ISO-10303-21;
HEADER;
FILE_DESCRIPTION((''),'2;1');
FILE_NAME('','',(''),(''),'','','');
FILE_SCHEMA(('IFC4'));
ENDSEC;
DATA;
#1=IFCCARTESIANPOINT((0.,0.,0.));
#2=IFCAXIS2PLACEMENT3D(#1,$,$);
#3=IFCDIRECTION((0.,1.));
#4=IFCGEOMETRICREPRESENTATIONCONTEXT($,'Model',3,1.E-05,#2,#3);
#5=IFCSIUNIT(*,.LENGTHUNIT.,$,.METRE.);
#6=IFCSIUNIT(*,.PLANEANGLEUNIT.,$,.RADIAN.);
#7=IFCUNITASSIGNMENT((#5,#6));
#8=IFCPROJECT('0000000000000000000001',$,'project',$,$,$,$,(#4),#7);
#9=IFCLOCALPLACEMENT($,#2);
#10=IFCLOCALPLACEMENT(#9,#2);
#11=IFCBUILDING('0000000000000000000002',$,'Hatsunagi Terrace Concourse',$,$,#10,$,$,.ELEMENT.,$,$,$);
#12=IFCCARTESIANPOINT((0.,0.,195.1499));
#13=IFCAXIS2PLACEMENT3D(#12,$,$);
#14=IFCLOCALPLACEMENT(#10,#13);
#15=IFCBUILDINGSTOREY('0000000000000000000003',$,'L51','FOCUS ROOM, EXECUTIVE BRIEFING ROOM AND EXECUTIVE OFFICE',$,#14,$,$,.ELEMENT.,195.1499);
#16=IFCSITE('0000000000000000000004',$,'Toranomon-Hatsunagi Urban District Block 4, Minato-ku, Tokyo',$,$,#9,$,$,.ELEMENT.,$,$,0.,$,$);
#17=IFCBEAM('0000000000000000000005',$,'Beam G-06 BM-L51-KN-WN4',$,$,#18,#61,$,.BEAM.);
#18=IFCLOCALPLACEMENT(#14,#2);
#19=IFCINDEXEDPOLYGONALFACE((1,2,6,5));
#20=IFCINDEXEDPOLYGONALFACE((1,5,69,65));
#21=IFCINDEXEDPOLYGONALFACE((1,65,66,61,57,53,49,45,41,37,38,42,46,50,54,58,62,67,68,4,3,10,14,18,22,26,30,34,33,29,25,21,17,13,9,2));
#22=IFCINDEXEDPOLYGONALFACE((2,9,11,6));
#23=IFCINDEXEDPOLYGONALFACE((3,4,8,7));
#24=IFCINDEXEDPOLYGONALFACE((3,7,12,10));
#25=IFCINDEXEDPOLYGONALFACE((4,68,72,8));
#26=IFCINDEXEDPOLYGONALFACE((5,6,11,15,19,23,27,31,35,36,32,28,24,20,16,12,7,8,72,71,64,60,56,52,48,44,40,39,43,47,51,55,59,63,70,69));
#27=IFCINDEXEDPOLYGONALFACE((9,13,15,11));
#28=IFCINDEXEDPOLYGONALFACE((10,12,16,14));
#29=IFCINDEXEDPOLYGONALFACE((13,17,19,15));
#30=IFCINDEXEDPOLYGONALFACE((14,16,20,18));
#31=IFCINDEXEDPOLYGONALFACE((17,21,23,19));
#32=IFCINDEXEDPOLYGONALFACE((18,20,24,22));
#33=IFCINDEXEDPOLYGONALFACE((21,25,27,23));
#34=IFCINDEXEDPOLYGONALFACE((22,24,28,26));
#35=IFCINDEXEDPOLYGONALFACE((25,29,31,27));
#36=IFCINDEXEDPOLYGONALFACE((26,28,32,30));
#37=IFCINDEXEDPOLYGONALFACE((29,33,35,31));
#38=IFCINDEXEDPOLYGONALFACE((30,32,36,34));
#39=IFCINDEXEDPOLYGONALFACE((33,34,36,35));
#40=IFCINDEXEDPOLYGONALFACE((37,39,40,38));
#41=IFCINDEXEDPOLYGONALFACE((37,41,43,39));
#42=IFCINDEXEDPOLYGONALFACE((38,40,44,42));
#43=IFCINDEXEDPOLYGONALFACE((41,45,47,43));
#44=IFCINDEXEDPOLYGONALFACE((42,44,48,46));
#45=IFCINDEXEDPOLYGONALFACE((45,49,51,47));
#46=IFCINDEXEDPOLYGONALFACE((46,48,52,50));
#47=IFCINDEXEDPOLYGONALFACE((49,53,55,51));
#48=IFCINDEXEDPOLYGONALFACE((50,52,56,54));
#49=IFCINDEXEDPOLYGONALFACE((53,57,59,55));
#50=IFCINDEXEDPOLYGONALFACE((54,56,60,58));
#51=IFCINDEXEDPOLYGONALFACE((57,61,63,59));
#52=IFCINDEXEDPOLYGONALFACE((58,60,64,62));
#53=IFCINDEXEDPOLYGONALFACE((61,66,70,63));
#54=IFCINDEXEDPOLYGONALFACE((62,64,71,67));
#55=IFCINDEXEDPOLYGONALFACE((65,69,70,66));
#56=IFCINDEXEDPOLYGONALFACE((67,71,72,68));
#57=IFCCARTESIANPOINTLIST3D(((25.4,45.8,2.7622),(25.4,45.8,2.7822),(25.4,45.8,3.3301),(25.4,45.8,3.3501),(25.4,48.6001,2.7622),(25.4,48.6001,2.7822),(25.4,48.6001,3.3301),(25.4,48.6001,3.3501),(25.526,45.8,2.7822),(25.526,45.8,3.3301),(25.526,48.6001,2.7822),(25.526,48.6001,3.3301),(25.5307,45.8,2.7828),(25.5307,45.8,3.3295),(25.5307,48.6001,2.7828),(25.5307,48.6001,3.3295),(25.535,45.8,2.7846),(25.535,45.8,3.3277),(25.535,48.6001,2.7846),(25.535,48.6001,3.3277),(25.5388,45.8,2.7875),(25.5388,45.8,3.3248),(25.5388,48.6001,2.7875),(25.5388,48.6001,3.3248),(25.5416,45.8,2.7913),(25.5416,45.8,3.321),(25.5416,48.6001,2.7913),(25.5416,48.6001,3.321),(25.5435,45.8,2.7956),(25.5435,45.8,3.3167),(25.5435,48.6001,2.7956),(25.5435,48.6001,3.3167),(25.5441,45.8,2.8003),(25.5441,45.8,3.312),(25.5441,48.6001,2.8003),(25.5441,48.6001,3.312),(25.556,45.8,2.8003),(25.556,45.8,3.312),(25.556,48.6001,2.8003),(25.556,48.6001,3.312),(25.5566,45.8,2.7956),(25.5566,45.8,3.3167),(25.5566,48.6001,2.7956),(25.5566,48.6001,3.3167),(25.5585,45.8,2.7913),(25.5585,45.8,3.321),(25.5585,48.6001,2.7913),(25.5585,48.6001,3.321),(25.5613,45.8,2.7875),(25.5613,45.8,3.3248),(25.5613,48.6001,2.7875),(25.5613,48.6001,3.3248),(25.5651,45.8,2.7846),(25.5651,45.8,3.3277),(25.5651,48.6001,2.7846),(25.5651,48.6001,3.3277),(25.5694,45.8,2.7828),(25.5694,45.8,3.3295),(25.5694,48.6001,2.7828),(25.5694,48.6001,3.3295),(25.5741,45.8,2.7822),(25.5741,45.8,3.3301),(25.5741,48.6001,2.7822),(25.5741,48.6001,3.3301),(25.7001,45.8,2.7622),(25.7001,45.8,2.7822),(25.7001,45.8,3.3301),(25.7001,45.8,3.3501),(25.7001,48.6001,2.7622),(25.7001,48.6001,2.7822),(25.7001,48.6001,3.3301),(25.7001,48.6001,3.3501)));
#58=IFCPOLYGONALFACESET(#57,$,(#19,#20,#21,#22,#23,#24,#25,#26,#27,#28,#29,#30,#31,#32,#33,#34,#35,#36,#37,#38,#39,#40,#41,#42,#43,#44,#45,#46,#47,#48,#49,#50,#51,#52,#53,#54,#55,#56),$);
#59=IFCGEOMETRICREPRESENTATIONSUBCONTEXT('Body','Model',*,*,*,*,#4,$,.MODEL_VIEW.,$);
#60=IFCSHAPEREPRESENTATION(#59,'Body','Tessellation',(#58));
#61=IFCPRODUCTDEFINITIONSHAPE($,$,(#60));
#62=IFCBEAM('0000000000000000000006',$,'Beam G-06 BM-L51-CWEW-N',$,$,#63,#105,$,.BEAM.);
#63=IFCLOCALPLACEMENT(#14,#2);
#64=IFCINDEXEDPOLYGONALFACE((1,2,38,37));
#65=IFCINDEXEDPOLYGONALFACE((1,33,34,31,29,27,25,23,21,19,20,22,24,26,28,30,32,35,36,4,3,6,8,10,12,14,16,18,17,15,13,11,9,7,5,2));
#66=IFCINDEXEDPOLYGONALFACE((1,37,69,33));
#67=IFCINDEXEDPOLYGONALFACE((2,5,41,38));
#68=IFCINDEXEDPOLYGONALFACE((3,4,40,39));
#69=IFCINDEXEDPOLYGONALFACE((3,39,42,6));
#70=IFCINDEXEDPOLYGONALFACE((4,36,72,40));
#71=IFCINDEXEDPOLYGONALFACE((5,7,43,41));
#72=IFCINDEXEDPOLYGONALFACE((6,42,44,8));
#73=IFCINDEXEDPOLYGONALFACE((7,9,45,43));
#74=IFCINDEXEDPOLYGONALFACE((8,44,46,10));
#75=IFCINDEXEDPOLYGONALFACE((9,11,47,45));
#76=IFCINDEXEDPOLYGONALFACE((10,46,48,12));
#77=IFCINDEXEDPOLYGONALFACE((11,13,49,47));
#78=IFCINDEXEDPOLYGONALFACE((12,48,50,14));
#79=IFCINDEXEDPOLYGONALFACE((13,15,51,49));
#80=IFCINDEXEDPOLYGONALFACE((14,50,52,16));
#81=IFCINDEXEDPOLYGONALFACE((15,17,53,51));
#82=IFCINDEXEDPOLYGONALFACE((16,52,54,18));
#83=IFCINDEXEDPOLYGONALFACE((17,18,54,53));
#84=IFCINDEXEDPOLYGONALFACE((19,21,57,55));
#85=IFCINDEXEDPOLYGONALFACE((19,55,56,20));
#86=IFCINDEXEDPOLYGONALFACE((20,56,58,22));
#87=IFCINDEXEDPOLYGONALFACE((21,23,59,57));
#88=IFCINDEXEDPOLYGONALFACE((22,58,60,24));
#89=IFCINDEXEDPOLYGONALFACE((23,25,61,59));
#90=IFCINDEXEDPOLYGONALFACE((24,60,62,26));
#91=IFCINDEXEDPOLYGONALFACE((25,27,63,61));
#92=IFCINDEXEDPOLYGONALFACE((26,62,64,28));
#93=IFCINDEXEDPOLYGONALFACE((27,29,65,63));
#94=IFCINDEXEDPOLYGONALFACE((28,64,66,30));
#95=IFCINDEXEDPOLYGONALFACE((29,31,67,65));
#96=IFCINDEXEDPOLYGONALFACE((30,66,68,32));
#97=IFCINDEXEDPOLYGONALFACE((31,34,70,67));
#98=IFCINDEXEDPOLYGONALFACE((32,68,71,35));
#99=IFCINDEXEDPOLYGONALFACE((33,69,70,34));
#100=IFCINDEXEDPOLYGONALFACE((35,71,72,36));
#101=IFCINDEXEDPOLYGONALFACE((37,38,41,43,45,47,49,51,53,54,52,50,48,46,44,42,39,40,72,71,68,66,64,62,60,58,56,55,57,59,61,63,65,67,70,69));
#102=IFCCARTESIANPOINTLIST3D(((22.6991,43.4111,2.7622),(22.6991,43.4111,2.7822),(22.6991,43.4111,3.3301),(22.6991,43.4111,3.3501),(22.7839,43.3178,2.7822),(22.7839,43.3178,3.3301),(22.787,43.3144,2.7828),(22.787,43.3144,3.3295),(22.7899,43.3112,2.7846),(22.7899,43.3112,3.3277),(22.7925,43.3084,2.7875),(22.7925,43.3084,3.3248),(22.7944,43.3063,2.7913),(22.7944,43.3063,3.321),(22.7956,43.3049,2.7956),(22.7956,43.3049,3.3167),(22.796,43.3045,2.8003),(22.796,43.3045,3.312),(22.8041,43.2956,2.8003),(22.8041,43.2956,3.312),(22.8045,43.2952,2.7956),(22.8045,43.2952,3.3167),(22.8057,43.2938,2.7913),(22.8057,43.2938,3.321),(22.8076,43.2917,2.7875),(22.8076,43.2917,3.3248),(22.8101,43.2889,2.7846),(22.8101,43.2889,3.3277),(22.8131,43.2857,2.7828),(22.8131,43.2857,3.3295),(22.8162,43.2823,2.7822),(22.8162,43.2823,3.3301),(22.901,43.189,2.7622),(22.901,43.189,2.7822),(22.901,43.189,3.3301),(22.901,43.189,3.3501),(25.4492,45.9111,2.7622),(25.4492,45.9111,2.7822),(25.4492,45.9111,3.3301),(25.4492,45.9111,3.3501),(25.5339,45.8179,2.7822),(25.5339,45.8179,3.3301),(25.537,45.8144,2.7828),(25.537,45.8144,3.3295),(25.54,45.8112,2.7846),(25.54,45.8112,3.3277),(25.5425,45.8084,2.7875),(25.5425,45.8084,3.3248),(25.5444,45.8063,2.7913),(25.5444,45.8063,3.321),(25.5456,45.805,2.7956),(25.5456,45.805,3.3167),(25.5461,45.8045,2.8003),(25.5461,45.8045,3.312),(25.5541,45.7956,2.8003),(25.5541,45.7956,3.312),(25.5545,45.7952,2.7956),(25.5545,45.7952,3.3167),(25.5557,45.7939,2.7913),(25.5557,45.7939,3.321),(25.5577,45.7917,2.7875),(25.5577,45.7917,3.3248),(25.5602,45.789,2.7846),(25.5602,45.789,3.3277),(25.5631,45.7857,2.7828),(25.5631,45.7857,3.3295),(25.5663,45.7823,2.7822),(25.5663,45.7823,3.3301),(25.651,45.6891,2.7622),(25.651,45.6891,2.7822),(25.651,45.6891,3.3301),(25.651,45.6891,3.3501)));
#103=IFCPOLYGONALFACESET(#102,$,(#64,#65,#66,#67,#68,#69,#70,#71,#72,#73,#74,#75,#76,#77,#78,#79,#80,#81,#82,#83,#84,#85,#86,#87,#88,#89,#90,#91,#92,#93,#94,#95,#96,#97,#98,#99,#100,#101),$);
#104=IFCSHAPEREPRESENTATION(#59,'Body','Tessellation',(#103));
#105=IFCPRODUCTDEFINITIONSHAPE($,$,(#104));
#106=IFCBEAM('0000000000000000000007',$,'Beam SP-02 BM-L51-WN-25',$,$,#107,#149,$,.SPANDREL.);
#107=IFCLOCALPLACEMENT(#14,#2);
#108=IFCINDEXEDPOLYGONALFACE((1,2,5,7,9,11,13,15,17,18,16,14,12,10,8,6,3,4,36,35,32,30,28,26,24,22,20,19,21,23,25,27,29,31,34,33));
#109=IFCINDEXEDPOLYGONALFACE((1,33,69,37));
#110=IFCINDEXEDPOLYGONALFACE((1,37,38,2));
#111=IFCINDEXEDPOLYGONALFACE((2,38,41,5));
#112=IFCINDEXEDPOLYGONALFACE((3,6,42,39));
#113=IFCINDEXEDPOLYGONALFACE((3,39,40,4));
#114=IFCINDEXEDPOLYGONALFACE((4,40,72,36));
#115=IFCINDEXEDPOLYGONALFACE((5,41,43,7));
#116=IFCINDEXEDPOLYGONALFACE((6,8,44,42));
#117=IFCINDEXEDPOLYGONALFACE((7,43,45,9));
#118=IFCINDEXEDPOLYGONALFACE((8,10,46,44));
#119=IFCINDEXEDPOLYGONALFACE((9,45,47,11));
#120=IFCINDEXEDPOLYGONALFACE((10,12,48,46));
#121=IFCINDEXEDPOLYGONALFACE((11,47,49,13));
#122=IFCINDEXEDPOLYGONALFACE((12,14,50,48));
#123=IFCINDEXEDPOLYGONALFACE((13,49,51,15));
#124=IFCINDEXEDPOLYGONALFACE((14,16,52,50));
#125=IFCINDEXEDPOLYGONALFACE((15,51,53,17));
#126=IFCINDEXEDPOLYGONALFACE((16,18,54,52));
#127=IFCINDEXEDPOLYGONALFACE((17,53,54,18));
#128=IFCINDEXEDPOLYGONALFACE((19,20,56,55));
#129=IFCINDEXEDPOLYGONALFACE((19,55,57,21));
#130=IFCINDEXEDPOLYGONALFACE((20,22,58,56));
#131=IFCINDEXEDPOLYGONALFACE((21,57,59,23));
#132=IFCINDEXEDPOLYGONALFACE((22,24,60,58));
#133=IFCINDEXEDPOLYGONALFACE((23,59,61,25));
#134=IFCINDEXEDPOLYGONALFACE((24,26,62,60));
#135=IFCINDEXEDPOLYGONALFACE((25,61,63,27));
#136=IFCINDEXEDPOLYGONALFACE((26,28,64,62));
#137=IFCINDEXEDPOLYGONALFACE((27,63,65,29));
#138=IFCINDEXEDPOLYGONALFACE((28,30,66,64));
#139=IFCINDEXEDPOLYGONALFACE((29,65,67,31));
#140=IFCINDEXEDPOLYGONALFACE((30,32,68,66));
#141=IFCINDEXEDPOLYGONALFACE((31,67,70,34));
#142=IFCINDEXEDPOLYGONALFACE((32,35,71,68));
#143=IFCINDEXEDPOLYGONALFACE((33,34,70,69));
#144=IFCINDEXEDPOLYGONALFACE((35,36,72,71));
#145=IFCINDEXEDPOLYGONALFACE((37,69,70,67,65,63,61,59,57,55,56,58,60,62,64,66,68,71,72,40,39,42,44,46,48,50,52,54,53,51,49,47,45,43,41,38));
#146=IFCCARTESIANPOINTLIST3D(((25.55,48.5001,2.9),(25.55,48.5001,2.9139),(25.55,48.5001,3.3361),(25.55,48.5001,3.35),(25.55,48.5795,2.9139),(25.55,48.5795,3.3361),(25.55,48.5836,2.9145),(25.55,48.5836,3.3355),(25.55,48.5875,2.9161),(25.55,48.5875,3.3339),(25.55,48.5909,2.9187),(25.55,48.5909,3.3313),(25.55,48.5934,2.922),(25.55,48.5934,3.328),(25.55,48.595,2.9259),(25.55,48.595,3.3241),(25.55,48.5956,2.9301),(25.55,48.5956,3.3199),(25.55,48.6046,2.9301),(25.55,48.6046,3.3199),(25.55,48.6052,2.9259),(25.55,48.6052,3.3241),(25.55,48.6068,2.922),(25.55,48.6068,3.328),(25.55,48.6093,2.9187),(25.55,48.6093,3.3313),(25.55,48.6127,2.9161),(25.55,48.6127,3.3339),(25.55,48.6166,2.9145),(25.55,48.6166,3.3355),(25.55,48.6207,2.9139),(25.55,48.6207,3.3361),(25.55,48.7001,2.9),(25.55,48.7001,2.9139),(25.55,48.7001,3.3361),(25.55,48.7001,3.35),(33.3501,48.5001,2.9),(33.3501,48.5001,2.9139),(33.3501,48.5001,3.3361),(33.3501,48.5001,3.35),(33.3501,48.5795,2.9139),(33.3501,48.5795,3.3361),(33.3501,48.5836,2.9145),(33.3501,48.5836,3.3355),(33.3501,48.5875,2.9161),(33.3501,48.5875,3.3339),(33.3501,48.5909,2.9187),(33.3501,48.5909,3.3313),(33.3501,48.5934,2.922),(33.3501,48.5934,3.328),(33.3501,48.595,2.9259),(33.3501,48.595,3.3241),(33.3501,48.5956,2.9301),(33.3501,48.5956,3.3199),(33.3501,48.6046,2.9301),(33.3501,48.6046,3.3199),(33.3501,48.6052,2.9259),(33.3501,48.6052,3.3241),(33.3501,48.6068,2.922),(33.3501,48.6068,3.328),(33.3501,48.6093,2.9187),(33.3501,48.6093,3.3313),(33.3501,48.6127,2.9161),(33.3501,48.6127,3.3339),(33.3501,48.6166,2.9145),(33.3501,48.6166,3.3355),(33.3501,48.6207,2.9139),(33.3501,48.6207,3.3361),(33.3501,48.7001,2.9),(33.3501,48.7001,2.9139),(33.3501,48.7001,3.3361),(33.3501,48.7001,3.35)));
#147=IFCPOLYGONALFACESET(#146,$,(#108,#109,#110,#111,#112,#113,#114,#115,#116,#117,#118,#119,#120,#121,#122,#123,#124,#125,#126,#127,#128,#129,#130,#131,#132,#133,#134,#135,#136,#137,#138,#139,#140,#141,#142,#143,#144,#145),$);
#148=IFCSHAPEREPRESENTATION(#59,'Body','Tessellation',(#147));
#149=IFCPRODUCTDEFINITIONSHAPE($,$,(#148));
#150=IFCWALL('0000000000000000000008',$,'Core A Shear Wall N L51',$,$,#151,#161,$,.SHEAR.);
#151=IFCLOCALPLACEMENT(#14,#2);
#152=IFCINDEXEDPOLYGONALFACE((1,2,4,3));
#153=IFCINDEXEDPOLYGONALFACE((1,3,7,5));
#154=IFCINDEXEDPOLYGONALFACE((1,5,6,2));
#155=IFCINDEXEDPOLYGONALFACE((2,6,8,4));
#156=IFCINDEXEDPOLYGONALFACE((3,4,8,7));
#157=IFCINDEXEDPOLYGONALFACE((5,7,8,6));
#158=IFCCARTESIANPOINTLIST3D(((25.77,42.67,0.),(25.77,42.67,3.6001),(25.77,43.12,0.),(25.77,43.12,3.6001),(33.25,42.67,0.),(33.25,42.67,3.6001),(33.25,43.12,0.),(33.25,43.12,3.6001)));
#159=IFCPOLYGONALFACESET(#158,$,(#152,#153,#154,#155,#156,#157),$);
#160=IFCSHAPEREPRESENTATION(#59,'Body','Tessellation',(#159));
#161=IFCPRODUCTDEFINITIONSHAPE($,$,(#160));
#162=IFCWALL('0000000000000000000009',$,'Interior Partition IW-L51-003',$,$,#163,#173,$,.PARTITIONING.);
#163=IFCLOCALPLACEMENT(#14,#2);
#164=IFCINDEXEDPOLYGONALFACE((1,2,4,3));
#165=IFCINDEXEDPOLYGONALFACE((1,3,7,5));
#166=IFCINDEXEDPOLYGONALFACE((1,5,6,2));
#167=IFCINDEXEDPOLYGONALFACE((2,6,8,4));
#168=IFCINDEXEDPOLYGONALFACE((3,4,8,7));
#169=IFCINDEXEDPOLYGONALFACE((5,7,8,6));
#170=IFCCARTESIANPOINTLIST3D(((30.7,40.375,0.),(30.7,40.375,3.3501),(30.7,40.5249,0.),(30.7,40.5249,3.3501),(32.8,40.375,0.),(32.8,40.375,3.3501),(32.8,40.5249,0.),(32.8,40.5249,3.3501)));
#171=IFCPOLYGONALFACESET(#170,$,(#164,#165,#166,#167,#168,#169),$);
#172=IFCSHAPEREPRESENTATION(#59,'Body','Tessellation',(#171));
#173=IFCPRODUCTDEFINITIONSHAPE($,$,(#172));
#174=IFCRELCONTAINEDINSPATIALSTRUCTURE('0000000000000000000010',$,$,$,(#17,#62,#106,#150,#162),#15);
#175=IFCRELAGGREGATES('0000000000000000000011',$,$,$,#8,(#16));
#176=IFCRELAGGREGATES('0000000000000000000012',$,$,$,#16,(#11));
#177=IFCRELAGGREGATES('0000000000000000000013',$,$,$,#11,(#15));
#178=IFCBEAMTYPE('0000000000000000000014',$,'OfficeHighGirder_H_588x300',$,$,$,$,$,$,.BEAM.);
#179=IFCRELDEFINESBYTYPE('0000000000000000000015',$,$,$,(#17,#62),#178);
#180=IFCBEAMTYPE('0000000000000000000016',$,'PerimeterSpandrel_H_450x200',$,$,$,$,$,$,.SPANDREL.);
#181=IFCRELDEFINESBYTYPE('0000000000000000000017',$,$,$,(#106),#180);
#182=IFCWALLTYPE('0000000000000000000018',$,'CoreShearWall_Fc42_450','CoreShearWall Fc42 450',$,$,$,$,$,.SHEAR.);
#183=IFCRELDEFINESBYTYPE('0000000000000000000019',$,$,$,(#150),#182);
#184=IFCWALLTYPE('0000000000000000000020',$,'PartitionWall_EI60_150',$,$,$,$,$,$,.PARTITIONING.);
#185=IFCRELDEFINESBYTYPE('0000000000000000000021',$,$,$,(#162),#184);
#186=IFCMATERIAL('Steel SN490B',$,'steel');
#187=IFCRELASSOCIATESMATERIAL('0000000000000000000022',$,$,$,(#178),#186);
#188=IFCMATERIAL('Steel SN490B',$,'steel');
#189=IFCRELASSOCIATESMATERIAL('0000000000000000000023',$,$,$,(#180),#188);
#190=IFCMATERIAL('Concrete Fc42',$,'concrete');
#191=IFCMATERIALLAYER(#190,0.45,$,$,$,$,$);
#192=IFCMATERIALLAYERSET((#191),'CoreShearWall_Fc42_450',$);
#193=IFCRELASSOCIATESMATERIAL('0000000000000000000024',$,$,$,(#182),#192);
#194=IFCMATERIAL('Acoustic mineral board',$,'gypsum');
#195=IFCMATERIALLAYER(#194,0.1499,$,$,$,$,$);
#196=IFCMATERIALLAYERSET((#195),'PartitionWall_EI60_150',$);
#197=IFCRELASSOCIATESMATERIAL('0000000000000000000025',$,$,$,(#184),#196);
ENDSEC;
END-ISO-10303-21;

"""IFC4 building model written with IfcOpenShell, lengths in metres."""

from ifc_helpers import new_model, si_unit, direction, frame, frame_2d, origin, origin_2d, place, context, subcontext, project, spatial, rectangle, i_section, extrude, material, layer, layer_set, material_profile, profile_set, type_object, element, save


model = new_model("IFC4")

# Units and contexts
model_context = context("Model", 3, precision=1e-05, world=origin(), true_north=direction((0.0, 1.0)))
body_context = subcontext(model_context, "Body", "Model", "MODEL_VIEW")
ifc_project = project(units=[si_unit("LENGTHUNIT", "METRE"), si_unit("PLANEANGLEUNIT", "RADIAN")], contexts=[model_context])

# Site, building, storey
site_placement = place(None, origin())
site = spatial("IfcSite", under=ifc_project, at=site_placement, Name="Toranomon-Hatsunagi Urban District Block 4, Minato-ku, Tokyo", CompositionType="ELEMENT", RefElevation=0.0)
building_placement = place(site_placement, origin())
building = spatial("IfcBuilding", under=site, at=building_placement, Name="Hatsunagi Terrace Concourse", CompositionType="ELEMENT")
storey_placement = place(building_placement, frame((0.0, 0.0, 195.1499)))
storey = spatial("IfcBuildingStorey", under=building, at=storey_placement, Name="L51", Description="FOCUS ROOM, EXECUTIVE BRIEFING ROOM AND EXECUTIVE OFFICE", CompositionType="ELEMENT", Elevation=195.1499)

# Beams
ifc_material_1 = material(Name="Steel SN490B", Category="steel")
ifc_material_profile_1 = material_profile(ifc_material_1, i_section(OverallWidth=0.3, OverallDepth=0.5879, WebThickness=0.012, FlangeThickness=0.02, FilletRadius=0.0181, at=origin_2d()), Name="H-588x300x12x20")
ifc_profile_set_1 = profile_set([ifc_material_profile_1], Name="Steel SN490B")
beam_type_1 = type_object("IfcBeamType", Name="OfficeHighGirder_H_588x300", PredefinedType="BEAM", material=ifc_profile_set_1)
beam_1_placement = place(storey_placement, frame((25.55, 45.8, 3.0562), z_axis=(0.0, 1.0, 0.0), x_axis=(-1.0, 0.0, 0.0)))
element("IfcBeam", 1, at=beam_1_placement, inside=storey, type_object=beam_type_1, Name="Beam G-06 BM-L51-KN-WN4", PredefinedType="BEAM", context=body_context, shape_type="SweptSolid", body=[
    extrude(i_section(OverallWidth=0.3, OverallDepth=0.5879, WebThickness=0.012, FlangeThickness=0.02, FilletRadius=0.0181, at=origin_2d()), origin(), (0.0, 0.0, 1.0), 2.8),
])
beam_2_placement = place(storey_placement, frame((22.8, 43.3, 3.0562), z_axis=(0.73994, 0.672673, 0.0), x_axis=(-0.672673, 0.73994, 0.0)))
element("IfcBeam", 2, at=beam_2_placement, inside=storey, type_object=beam_type_1, Name="Beam G-06 BM-L51-CWEW-N", PredefinedType="BEAM", context=body_context, shape_type="SweptSolid", body=[
    extrude(i_section(OverallWidth=0.3, OverallDepth=0.5879, WebThickness=0.012, FlangeThickness=0.02, FilletRadius=0.0181, at=origin_2d()), origin(), (0.0, 0.0, 1.0), 3.7166),
])
ifc_material_2 = material(Name="Steel SN490B", Category="steel")
ifc_material_profile_2 = material_profile(ifc_material_2, i_section(OverallWidth=0.2, OverallDepth=0.45, WebThickness=0.009, FlangeThickness=0.0139, FilletRadius=0.0161, at=origin_2d()), Name="H-450x200x9x14")
ifc_profile_set_2 = profile_set([ifc_material_profile_2], Name="Steel SN490B")
beam_type_2 = type_object("IfcBeamType", Name="PerimeterSpandrel_H_450x200", PredefinedType="SPANDREL", material=ifc_profile_set_2)
beam_3_placement = place(storey_placement, frame((25.55, 48.6001, 3.125), z_axis=(1.0, 0.0, 0.0), x_axis=(0.0, 1.0, 0.0)))
element("IfcBeam", 3, at=beam_3_placement, inside=storey, type_object=beam_type_2, Name="Beam SP-02 BM-L51-WN-25", PredefinedType="SPANDREL", context=body_context, shape_type="SweptSolid", body=[
    extrude(i_section(OverallWidth=0.2, OverallDepth=0.45, WebThickness=0.009, FlangeThickness=0.0139, FilletRadius=0.0161, at=origin_2d()), origin(), (0.0, 0.0, 1.0), 7.8),
])

# Walls
ifc_material_3 = material(Name="Concrete Fc42", Category="concrete")
ifc_layer_1 = layer(ifc_material_3, 0.45)
ifc_layer_set_1 = layer_set([ifc_layer_1], Name="CoreShearWall_Fc42_450")
wall_type_1 = type_object("IfcWallType", Name="CoreShearWall_Fc42_450", Description="CoreShearWall Fc42 450", PredefinedType="SHEAR", material=ifc_layer_set_1)
wall_1_placement = place(storey_placement, frame((25.77, 42.895, 0.0), z_axis=(0.0, 0.0, 1.0), x_axis=(1.0, 0.0, 0.0)))
element("IfcWall", 4, at=wall_1_placement, inside=storey, type_object=wall_type_1, Name="Core A Shear Wall N L51", PredefinedType="SHEAR", context=body_context, shape_type="SweptSolid", body=[
    extrude(rectangle(XDim=7.48, YDim=0.45, at=frame_2d((3.74, 0.0))), origin(), (0.0, 0.0, 1.0), 3.6001),
])
ifc_material_4 = material(Name="Acoustic mineral board", Category="gypsum")
ifc_layer_2 = layer(ifc_material_4, 0.1499)
ifc_layer_set_2 = layer_set([ifc_layer_2], Name="PartitionWall_EI60_150")
wall_type_2 = type_object("IfcWallType", Name="PartitionWall_EI60_150", PredefinedType="PARTITIONING", material=ifc_layer_set_2)
wall_2_placement = place(storey_placement, frame((30.7, 40.45, 0.0), z_axis=(0.0, 0.0, 1.0), x_axis=(1.0, 0.0, 0.0)))
element("IfcWall", 5, at=wall_2_placement, inside=storey, type_object=wall_type_2, Name="Interior Partition IW-L51-003", PredefinedType="PARTITIONING", context=body_context, shape_type="SweptSolid", body=[
    extrude(rectangle(XDim=2.1001, YDim=0.1499, at=frame_2d((1.05, 0.0))), origin(), (0.0, 0.0, 1.0), 3.3501),
])

save(model, "model.ifc")
